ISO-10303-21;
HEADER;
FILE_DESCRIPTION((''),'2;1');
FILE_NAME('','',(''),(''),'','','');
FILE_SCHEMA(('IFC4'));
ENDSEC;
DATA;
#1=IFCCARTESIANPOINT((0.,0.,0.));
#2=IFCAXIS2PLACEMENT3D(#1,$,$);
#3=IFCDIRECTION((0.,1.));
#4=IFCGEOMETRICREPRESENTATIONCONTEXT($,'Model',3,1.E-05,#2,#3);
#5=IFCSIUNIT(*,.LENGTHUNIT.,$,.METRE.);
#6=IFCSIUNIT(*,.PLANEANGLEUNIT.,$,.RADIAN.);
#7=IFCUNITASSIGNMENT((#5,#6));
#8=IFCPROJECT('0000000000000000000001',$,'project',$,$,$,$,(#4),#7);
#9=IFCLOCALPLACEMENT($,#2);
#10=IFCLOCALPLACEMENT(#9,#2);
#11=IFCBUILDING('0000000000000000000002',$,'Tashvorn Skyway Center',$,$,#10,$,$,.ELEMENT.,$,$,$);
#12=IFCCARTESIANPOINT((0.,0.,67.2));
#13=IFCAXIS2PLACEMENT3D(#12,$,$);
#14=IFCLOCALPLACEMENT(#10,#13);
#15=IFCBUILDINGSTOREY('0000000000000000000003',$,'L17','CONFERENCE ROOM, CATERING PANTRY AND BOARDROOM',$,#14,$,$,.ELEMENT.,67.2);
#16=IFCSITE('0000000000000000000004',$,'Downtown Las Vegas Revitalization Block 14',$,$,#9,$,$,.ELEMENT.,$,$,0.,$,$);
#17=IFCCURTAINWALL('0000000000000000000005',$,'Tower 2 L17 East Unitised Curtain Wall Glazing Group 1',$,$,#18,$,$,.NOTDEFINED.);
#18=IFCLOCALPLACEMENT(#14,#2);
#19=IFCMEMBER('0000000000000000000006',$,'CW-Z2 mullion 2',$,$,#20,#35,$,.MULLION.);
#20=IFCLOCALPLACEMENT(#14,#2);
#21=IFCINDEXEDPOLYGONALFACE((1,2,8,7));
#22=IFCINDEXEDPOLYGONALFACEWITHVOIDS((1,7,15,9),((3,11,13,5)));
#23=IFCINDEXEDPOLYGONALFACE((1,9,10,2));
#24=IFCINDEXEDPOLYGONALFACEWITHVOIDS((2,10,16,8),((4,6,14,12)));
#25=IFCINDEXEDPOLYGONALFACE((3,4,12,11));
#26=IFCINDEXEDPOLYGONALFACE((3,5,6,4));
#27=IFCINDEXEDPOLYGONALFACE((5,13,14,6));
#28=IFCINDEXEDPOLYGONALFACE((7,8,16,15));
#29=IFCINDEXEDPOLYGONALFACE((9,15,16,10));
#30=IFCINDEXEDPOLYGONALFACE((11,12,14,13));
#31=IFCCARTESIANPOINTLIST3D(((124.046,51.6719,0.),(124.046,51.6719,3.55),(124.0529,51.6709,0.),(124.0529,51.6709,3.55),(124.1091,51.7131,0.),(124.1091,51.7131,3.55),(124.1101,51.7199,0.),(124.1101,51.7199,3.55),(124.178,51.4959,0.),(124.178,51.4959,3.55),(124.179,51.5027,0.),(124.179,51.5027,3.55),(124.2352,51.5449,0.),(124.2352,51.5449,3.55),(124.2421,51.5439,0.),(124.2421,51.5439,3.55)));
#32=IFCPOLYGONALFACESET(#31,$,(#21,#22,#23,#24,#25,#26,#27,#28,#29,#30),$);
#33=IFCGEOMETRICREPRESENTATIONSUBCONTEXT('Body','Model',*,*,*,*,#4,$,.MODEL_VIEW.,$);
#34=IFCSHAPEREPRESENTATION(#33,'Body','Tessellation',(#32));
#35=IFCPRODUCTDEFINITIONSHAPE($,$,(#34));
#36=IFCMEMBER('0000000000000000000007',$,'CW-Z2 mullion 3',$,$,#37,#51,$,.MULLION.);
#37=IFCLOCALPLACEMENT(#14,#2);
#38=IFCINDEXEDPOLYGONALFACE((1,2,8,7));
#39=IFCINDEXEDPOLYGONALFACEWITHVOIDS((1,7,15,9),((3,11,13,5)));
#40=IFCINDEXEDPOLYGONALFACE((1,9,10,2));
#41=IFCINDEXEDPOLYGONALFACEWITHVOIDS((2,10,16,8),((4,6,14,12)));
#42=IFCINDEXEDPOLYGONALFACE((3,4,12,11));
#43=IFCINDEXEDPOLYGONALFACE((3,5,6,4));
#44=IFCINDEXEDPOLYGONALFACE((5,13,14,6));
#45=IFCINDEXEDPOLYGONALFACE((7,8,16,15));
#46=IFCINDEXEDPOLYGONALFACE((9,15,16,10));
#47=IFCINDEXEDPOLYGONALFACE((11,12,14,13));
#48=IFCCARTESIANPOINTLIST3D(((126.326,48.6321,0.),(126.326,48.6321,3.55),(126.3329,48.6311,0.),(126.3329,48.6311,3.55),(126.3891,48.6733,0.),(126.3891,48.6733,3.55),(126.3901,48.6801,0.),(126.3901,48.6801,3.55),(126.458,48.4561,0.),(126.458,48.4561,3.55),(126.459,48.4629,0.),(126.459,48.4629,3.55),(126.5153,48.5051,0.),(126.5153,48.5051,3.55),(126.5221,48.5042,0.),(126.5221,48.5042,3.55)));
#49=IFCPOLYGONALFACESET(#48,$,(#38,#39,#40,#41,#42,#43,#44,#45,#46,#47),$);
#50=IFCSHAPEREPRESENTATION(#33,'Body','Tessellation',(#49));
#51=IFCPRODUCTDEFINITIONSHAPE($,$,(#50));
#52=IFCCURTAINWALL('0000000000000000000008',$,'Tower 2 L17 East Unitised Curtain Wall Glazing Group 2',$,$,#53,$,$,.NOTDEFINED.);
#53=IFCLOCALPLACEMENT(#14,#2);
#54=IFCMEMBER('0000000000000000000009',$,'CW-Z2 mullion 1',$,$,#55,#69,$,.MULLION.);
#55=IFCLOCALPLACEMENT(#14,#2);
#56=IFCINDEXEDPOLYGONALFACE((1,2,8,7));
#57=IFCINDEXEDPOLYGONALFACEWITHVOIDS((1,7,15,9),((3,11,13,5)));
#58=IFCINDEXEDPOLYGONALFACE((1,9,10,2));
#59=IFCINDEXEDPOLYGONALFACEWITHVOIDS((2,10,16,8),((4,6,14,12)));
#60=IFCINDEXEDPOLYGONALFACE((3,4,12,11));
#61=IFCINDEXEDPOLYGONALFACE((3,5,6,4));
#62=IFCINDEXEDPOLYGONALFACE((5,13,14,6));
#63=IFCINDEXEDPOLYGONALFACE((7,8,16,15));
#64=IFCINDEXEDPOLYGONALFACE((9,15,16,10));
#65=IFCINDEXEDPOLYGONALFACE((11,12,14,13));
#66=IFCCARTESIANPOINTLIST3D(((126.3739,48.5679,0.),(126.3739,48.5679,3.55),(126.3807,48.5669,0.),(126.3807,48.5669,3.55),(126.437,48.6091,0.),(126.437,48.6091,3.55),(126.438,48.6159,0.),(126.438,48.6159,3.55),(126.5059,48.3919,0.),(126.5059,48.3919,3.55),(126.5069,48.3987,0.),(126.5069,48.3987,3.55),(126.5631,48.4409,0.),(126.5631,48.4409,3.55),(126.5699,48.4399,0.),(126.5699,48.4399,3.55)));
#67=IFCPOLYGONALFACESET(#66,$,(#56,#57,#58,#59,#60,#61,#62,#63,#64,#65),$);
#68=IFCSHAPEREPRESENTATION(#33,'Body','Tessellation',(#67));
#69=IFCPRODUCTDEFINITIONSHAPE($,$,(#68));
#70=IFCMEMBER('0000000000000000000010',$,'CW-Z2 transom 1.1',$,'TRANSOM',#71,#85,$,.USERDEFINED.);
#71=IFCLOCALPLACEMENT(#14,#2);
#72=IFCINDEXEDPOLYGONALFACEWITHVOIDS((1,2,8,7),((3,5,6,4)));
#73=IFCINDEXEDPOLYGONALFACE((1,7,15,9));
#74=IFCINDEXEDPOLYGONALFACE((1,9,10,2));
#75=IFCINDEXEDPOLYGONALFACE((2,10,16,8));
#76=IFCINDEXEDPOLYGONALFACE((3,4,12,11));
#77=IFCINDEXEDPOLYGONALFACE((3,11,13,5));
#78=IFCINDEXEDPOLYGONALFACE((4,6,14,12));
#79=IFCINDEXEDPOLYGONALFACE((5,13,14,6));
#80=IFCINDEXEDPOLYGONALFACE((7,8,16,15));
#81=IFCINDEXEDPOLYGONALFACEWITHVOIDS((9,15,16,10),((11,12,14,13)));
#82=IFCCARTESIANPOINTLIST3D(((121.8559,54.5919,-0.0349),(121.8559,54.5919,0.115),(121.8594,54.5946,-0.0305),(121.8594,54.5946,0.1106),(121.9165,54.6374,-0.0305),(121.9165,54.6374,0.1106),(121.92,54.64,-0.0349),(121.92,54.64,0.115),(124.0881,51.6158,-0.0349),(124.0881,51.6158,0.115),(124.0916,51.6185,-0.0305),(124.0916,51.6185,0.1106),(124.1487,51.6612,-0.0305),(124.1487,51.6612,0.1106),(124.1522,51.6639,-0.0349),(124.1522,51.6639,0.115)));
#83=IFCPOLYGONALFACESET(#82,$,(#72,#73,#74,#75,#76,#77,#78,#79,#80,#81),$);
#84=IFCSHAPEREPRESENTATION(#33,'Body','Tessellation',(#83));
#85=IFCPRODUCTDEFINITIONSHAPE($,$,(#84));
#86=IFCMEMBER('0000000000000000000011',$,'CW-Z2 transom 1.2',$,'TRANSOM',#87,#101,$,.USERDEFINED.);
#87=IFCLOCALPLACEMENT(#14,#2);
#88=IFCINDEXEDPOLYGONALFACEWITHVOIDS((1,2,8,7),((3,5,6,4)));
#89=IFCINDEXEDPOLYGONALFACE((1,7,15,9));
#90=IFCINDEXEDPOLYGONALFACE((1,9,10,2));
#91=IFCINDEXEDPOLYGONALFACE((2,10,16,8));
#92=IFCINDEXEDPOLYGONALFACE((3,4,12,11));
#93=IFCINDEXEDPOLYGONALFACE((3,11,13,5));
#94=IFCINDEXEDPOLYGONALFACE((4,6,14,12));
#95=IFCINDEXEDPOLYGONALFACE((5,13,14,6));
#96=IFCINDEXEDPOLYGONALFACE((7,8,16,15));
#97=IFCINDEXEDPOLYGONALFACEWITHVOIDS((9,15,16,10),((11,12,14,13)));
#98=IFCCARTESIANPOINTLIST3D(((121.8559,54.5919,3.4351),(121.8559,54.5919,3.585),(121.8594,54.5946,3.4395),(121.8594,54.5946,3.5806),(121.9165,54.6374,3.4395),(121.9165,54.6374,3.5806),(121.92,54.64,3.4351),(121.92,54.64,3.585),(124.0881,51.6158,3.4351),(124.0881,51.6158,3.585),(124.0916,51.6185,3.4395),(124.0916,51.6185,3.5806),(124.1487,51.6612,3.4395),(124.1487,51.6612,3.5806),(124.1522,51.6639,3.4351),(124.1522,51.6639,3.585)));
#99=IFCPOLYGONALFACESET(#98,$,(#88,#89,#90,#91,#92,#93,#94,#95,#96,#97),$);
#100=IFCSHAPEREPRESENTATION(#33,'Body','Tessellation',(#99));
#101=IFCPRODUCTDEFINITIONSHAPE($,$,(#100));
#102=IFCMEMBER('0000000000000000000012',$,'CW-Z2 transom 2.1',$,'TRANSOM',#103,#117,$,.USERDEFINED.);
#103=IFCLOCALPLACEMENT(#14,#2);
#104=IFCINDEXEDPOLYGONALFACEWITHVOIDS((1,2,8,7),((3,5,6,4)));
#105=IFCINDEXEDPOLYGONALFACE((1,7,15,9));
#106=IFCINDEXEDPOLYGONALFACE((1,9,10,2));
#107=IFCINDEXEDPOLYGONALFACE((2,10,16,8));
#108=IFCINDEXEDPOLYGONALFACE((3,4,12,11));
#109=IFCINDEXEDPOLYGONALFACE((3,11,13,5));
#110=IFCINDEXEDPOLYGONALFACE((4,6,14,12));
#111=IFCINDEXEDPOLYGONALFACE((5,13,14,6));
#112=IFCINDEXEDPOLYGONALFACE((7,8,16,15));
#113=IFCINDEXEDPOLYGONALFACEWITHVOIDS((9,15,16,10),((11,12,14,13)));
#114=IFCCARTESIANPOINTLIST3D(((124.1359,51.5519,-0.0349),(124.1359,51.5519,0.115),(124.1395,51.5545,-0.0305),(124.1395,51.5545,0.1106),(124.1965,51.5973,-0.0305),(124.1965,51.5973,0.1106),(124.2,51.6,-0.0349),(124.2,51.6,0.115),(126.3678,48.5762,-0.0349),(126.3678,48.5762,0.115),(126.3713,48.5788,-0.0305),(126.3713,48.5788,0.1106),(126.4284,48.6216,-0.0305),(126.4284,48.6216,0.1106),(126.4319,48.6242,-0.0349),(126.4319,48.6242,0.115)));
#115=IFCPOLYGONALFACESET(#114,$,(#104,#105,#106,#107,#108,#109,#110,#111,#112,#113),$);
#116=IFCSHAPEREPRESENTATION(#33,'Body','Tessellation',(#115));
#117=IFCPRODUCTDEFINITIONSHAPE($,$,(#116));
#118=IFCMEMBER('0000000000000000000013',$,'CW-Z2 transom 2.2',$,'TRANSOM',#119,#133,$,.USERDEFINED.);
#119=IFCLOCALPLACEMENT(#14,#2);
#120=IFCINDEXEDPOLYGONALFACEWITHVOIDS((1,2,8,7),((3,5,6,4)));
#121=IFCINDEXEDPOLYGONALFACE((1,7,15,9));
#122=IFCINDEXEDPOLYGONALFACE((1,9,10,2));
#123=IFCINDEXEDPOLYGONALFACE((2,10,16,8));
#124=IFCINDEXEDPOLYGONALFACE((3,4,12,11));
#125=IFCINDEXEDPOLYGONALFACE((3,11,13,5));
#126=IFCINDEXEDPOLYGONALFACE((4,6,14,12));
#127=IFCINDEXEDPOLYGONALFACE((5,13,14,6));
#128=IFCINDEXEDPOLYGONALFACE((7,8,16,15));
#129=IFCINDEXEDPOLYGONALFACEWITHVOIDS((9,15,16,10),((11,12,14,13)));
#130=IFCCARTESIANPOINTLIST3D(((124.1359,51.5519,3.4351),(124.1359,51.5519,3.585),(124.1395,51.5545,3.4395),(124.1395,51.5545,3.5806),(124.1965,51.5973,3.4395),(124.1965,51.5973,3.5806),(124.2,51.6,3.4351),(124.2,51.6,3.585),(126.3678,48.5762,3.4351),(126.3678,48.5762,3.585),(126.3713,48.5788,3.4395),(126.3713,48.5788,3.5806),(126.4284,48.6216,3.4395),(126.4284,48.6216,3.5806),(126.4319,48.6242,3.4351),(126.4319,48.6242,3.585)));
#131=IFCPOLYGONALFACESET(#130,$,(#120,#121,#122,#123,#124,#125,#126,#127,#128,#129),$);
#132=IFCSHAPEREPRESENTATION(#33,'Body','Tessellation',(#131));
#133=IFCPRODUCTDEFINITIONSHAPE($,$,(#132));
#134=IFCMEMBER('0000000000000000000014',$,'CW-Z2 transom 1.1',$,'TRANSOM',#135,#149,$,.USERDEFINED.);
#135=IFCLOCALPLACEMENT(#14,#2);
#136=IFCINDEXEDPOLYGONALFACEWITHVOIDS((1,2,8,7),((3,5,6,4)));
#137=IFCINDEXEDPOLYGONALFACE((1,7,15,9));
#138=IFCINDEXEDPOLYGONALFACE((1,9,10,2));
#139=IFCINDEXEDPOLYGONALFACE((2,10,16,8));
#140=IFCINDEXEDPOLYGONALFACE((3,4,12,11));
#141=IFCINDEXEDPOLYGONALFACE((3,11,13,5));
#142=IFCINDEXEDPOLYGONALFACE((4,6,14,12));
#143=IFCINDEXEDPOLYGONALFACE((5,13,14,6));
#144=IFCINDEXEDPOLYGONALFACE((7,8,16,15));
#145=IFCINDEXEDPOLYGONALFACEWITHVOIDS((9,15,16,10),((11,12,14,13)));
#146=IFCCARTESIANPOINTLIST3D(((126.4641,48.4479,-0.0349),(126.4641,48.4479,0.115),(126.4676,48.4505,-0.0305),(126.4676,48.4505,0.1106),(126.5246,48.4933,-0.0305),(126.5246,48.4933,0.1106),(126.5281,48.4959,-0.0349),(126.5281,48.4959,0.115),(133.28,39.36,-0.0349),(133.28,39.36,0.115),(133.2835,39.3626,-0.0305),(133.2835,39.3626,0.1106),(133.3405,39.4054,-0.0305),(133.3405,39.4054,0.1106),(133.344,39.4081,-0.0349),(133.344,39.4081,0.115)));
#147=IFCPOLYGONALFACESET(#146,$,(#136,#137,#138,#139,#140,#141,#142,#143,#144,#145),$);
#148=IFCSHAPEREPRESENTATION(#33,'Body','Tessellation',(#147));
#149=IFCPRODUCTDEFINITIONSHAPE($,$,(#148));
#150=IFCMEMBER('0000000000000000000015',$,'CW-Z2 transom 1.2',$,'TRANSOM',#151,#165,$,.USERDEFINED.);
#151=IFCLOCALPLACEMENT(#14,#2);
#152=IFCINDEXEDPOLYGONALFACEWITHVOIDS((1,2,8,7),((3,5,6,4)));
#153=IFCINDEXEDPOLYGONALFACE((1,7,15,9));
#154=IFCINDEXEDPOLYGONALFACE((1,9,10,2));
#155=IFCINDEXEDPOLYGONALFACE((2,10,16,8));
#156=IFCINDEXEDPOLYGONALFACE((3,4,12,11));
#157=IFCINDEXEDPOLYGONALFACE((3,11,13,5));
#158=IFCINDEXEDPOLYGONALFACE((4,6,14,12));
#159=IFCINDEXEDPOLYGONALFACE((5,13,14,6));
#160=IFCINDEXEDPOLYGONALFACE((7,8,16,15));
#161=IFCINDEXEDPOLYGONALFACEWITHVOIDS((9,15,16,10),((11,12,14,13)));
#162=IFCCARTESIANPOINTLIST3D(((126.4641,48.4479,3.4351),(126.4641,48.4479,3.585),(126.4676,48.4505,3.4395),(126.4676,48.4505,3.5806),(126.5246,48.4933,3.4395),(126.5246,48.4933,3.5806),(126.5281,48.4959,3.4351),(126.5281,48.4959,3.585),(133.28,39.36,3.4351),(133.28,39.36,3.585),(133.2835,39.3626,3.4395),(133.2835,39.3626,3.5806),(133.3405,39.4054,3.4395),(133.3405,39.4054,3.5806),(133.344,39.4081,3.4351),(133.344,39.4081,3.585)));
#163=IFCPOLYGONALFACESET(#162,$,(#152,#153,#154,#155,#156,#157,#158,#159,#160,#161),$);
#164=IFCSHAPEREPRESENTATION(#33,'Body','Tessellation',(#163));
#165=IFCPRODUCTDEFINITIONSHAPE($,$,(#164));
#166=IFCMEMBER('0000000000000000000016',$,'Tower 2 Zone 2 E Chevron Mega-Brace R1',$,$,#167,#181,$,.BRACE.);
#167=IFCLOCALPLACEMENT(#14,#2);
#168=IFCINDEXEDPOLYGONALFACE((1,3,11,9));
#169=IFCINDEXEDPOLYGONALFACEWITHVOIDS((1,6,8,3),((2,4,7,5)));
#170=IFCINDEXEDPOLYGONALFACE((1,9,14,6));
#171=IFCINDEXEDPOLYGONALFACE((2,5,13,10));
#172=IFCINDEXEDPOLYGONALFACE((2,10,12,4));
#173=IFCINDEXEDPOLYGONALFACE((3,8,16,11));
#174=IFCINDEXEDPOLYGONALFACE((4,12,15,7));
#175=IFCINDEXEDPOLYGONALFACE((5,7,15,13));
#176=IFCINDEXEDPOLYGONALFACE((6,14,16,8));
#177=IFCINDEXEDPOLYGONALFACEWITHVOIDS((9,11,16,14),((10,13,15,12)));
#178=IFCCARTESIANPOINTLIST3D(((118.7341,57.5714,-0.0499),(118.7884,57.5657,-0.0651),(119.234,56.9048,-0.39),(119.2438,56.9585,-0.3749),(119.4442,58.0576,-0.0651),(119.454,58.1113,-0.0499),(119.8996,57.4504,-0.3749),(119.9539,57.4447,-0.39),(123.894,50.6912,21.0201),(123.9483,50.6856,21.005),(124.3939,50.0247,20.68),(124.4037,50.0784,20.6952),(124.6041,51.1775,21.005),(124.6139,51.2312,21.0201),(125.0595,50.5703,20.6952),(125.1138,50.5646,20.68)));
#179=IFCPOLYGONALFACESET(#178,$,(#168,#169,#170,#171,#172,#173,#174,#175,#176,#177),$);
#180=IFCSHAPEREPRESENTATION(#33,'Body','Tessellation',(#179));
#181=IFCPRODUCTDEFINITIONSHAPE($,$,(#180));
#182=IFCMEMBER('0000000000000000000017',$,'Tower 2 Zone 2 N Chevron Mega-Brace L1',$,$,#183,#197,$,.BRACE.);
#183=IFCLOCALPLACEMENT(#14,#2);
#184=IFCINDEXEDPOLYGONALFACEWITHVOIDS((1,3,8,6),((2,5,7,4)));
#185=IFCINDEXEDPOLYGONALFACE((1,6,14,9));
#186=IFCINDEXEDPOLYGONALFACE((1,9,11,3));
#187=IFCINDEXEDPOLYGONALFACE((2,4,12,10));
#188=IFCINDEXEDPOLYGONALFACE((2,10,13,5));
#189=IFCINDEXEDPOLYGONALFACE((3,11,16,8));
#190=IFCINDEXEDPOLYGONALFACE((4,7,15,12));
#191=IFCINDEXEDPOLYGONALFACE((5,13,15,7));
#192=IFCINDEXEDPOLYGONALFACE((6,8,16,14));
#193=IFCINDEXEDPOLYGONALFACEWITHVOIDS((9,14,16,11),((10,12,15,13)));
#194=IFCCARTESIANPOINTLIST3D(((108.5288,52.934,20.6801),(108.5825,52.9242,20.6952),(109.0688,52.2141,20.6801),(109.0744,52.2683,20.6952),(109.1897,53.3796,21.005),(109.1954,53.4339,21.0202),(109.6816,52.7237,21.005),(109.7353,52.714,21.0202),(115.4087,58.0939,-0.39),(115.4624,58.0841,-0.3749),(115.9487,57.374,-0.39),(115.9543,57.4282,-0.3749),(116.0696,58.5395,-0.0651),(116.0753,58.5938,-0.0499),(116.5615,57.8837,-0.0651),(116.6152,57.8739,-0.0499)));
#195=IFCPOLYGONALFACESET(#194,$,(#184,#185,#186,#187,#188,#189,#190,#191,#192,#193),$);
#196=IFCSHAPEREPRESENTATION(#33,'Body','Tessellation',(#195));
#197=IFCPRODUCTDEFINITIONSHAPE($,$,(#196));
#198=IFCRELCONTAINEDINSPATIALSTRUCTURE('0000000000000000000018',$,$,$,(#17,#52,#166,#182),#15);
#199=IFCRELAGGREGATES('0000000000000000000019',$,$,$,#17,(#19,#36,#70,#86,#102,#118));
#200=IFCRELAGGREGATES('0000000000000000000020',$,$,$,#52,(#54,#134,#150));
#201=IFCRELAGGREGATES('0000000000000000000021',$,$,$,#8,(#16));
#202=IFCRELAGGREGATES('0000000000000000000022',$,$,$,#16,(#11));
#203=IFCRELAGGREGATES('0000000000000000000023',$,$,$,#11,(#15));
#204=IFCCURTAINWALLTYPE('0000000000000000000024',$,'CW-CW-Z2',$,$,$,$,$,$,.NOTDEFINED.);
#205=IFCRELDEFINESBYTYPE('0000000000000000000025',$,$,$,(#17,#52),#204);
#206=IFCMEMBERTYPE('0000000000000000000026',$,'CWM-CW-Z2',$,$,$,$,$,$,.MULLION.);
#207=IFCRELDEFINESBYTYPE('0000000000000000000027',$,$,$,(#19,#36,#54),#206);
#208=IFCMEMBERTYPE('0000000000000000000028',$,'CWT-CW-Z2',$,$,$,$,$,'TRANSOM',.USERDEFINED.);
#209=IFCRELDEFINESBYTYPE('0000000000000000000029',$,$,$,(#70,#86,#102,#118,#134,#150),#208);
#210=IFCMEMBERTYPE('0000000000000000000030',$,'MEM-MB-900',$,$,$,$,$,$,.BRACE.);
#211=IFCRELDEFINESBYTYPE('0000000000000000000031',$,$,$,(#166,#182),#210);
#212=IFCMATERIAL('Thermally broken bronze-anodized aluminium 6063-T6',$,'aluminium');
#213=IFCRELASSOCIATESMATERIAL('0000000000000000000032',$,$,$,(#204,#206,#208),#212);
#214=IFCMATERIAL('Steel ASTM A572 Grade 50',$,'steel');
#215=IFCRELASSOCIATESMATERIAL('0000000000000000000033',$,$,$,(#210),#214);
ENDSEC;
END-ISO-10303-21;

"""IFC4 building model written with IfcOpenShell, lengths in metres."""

from ifc_helpers import new_model, si_unit, direction, frame, origin, origin_2d, place, context, subcontext, project, spatial, hollow_rectangle, extrude, material, material_profile, profile_set, type_object, element, aggregate, save


model = new_model("IFC4")

# Units and contexts
model_context = context("Model", 3, precision=1e-05, world=origin(), true_north=direction((0.0, 1.0)))
body_context = subcontext(model_context, "Body", "Model", "MODEL_VIEW")
ifc_project = project(units=[si_unit("LENGTHUNIT", "METRE"), si_unit("PLANEANGLEUNIT", "RADIAN")], contexts=[model_context])

# Site, building, storey
site_placement = place(None, origin())
site = spatial("IfcSite", under=ifc_project, at=site_placement, Name="Downtown Las Vegas Revitalization Block 14", CompositionType="ELEMENT", RefElevation=0.0)
building_placement = place(site_placement, origin())
building = spatial("IfcBuilding", under=site, at=building_placement, Name="Tashvorn Skyway Center", CompositionType="ELEMENT")
storey_placement = place(building_placement, frame((0.0, 0.0, 67.2)))
storey = spatial("IfcBuildingStorey", under=building, at=storey_placement, Name="L17", Description="CONFERENCE ROOM, CATERING PANTRY AND BOARDROOM", CompositionType="ELEMENT", Elevation=67.2)

# Shared definitions
ifc_material_1 = material(Name="Steel ASTM A572 Grade 50", Category="steel")

# Shared definitions
ifc_material_2 = material(Name="Thermally broken bronze-anodized aluminium 6063-T6", Category="aluminium")
curtain_wall_type = type_object("IfcCurtainWallType", Name="CW-CW-Z2", PredefinedType="NOTDEFINED", material=ifc_material_2)
ifc_material_profile_1 = material_profile(ifc_material_2, hollow_rectangle(XDim=0.0801, YDim=0.22, WallThickness=0.0049, at=origin_2d()), Name="ALU-MULL-80x220")
ifc_profile_set_1 = profile_set([ifc_material_profile_1], Name="Thermally broken bronze-anodized aluminium 6063-T6")
member_type_1 = type_object("IfcMemberType", Name="CWM-CW-Z2", PredefinedType="MULLION", material=ifc_profile_set_1)

# Curtain wall, members
curtain_wall_1_placement = place(storey_placement, origin())
curtain_wall_1 = element("IfcCurtainWall", 1, at=curtain_wall_1_placement, inside=storey, type_object=curtain_wall_type, Name="Tower 2 L17 East Unitised Curtain Wall Glazing Group 1", PredefinedType="NOTDEFINED")
member_1_placement = place(storey_placement, frame((124.144, 51.6079, 0.0), z_axis=(0.0, 0.0, 1.0), x_axis=(0.8, 0.6, 0.0)))
member_1 = element("IfcMember", 2, at=member_1_placement, type_object=member_type_1, Name="CW-Z2 mullion 2", PredefinedType="MULLION", context=body_context, shape_type="SweptSolid", body=[
    extrude(hollow_rectangle(XDim=0.0801, YDim=0.22, WallThickness=0.0049, at=origin_2d()), origin(), (0.0, 0.0, 1.0), 3.55),
])
member_2_placement = place(storey_placement, frame((126.4241, 48.5681, 0.0), z_axis=(0.0, 0.0, 1.0), x_axis=(0.8, 0.6, 0.0)))
member_2 = element("IfcMember", 3, at=member_2_placement, type_object=member_type_1, Name="CW-Z2 mullion 3", PredefinedType="MULLION", context=body_context, shape_type="SweptSolid", body=[
    extrude(hollow_rectangle(XDim=0.0801, YDim=0.22, WallThickness=0.0049, at=origin_2d()), origin(), (0.0, 0.0, 1.0), 3.55),
])

# Curtain wall, member
curtain_wall_2_placement = place(storey_placement, origin())
curtain_wall_2 = element("IfcCurtainWall", 4, at=curtain_wall_2_placement, inside=storey, type_object=curtain_wall_type, Name="Tower 2 L17 East Unitised Curtain Wall Glazing Group 2", PredefinedType="NOTDEFINED")
member_3_placement = place(storey_placement, frame((126.4719, 48.5039, 0.0), z_axis=(0.0, 0.0, 1.0), x_axis=(0.8, 0.6, 0.0)))
member_3 = element("IfcMember", 5, at=member_3_placement, type_object=member_type_1, Name="CW-Z2 mullion 1", PredefinedType="MULLION", context=body_context, shape_type="SweptSolid", body=[
    extrude(hollow_rectangle(XDim=0.0801, YDim=0.22, WallThickness=0.0049, at=origin_2d()), origin(), (0.0, 0.0, 1.0), 3.55),
])

# Members
ifc_material_profile_2 = material_profile(ifc_material_2, hollow_rectangle(XDim=0.0801, YDim=0.1499, WallThickness=0.0044, at=origin_2d()), Name="ALU-TRAN-80x150")
ifc_profile_set_2 = profile_set([ifc_material_profile_2], Name="Thermally broken bronze-anodized aluminium 6063-T6")
member_type_2 = type_object("IfcMemberType", Name="CWT-CW-Z2", ElementType="TRANSOM", PredefinedType="USERDEFINED", material=ifc_profile_set_2)
member_4_placement = place(storey_placement, frame((121.8879, 54.616, 0.04), z_axis=(0.600021, -0.799984, 0.0), x_axis=(0.799984, 0.600021, 0.0)))
member_4 = element("IfcMember", 6, at=member_4_placement, type_object=member_type_2, Name="CW-Z2 transom 1.1", ObjectType="TRANSOM", PredefinedType="USERDEFINED", context=body_context, shape_type="SweptSolid", body=[
    extrude(hollow_rectangle(XDim=0.0801, YDim=0.1499, WallThickness=0.0044, at=origin_2d()), origin(), (0.0, 0.0, 1.0), 3.7202),
])
member_5_placement = place(storey_placement, frame((121.8879, 54.616, 3.51), z_axis=(0.600021, -0.799984, 0.0), x_axis=(0.799984, 0.600021, 0.0)))
member_5 = element("IfcMember", 7, at=member_5_placement, type_object=member_type_2, Name="CW-Z2 transom 1.2", ObjectType="TRANSOM", PredefinedType="USERDEFINED", context=body_context, shape_type="SweptSolid", body=[
    extrude(hollow_rectangle(XDim=0.0801, YDim=0.1499, WallThickness=0.0044, at=origin_2d()), origin(), (0.0, 0.0, 1.0), 3.7202),
])
member_6_placement = place(storey_placement, frame((124.168, 51.5759, 0.04), z_axis=(0.600011, -0.799992, 0.0), x_axis=(0.799992, 0.600011, 0.0)))
member_6 = element("IfcMember", 8, at=member_6_placement, type_object=member_type_2, Name="CW-Z2 transom 2.1", ObjectType="TRANSOM", PredefinedType="USERDEFINED", context=body_context, shape_type="SweptSolid", body=[
    extrude(hollow_rectangle(XDim=0.0801, YDim=0.1499, WallThickness=0.0044, at=origin_2d()), origin(), (0.0, 0.0, 1.0), 3.7197),
])
member_7_placement = place(storey_placement, frame((124.168, 51.5759, 3.51), z_axis=(0.600011, -0.799992, 0.0), x_axis=(0.799992, 0.600011, 0.0)))
member_7 = element("IfcMember", 9, at=member_7_placement, type_object=member_type_2, Name="CW-Z2 transom 2.2", ObjectType="TRANSOM", PredefinedType="USERDEFINED", context=body_context, shape_type="SweptSolid", body=[
    extrude(hollow_rectangle(XDim=0.0801, YDim=0.1499, WallThickness=0.0044, at=origin_2d()), origin(), (0.0, 0.0, 1.0), 3.7197),
])
member_8_placement = place(storey_placement, frame((126.4961, 48.4719, 0.04), z_axis=(0.6, -0.8, 0.0), x_axis=(0.8, 0.6, 0.0)))
member_8 = element("IfcMember", 10, at=member_8_placement, type_object=member_type_2, Name="CW-Z2 transom 1.1", ObjectType="TRANSOM", PredefinedType="USERDEFINED", context=body_context, shape_type="SweptSolid", body=[
    extrude(hollow_rectangle(XDim=0.0801, YDim=0.1499, WallThickness=0.0044, at=origin_2d()), origin(), (0.0, 0.0, 1.0), 11.3599),
])
member_9_placement = place(storey_placement, frame((126.4961, 48.4719, 3.51), z_axis=(0.6, -0.8, 0.0), x_axis=(0.8, 0.6, 0.0)))
member_9 = element("IfcMember", 11, at=member_9_placement, type_object=member_type_2, Name="CW-Z2 transom 1.2", ObjectType="TRANSOM", PredefinedType="USERDEFINED", context=body_context, shape_type="SweptSolid", body=[
    extrude(hollow_rectangle(XDim=0.0801, YDim=0.1499, WallThickness=0.0044, at=origin_2d()), origin(), (0.0, 0.0, 1.0), 11.3599),
])

# Members
ifc_material_profile_3 = material_profile(ifc_material_1, hollow_rectangle(XDim=0.8999, YDim=0.8999, WallThickness=0.04, at=origin_2d()), Name="BOX900x900x40")
ifc_profile_set_3 = profile_set([ifc_material_profile_3], Name="Steel ASTM A572 Grade 50")
member_type_3 = type_object("IfcMemberType", Name="MEM-MB-900", PredefinedType="BRACE", material=ifc_profile_set_3)
for number, where, z_axis, x_axis, name in (
    (12, (119.344, 57.5081, -0.22), (0.226734, -0.302322, 0.925847), (0.80001, 0.599986, 0.0), "Tower 2 Zone 2 E Chevron Mega-Brace R1"),
    (13, (116.012, 57.9839, -0.22), (-0.302312, -0.226734, 0.92585), (0.6, -0.8, 0.0), "Tower 2 Zone 2 N Chevron Mega-Brace L1"),
):
    element("IfcMember", number, at=place(storey_placement, frame(where, z_axis=z_axis, x_axis=x_axis)), inside=storey, type_object=member_type_3, Name=name, PredefinedType="BRACE", context=body_context, shape_type="SweptSolid", body=[
        extrude(hollow_rectangle(XDim=0.8999, YDim=0.8999, WallThickness=0.04, at=origin_2d()), origin(), (0.0, 0.0, 1.0), 22.7576),
    ])

aggregate(curtain_wall_1, [member_1, member_2, member_4, member_5, member_6, member_7])
aggregate(curtain_wall_2, [member_3, member_8, member_9])

save(model, "model.ifc")
